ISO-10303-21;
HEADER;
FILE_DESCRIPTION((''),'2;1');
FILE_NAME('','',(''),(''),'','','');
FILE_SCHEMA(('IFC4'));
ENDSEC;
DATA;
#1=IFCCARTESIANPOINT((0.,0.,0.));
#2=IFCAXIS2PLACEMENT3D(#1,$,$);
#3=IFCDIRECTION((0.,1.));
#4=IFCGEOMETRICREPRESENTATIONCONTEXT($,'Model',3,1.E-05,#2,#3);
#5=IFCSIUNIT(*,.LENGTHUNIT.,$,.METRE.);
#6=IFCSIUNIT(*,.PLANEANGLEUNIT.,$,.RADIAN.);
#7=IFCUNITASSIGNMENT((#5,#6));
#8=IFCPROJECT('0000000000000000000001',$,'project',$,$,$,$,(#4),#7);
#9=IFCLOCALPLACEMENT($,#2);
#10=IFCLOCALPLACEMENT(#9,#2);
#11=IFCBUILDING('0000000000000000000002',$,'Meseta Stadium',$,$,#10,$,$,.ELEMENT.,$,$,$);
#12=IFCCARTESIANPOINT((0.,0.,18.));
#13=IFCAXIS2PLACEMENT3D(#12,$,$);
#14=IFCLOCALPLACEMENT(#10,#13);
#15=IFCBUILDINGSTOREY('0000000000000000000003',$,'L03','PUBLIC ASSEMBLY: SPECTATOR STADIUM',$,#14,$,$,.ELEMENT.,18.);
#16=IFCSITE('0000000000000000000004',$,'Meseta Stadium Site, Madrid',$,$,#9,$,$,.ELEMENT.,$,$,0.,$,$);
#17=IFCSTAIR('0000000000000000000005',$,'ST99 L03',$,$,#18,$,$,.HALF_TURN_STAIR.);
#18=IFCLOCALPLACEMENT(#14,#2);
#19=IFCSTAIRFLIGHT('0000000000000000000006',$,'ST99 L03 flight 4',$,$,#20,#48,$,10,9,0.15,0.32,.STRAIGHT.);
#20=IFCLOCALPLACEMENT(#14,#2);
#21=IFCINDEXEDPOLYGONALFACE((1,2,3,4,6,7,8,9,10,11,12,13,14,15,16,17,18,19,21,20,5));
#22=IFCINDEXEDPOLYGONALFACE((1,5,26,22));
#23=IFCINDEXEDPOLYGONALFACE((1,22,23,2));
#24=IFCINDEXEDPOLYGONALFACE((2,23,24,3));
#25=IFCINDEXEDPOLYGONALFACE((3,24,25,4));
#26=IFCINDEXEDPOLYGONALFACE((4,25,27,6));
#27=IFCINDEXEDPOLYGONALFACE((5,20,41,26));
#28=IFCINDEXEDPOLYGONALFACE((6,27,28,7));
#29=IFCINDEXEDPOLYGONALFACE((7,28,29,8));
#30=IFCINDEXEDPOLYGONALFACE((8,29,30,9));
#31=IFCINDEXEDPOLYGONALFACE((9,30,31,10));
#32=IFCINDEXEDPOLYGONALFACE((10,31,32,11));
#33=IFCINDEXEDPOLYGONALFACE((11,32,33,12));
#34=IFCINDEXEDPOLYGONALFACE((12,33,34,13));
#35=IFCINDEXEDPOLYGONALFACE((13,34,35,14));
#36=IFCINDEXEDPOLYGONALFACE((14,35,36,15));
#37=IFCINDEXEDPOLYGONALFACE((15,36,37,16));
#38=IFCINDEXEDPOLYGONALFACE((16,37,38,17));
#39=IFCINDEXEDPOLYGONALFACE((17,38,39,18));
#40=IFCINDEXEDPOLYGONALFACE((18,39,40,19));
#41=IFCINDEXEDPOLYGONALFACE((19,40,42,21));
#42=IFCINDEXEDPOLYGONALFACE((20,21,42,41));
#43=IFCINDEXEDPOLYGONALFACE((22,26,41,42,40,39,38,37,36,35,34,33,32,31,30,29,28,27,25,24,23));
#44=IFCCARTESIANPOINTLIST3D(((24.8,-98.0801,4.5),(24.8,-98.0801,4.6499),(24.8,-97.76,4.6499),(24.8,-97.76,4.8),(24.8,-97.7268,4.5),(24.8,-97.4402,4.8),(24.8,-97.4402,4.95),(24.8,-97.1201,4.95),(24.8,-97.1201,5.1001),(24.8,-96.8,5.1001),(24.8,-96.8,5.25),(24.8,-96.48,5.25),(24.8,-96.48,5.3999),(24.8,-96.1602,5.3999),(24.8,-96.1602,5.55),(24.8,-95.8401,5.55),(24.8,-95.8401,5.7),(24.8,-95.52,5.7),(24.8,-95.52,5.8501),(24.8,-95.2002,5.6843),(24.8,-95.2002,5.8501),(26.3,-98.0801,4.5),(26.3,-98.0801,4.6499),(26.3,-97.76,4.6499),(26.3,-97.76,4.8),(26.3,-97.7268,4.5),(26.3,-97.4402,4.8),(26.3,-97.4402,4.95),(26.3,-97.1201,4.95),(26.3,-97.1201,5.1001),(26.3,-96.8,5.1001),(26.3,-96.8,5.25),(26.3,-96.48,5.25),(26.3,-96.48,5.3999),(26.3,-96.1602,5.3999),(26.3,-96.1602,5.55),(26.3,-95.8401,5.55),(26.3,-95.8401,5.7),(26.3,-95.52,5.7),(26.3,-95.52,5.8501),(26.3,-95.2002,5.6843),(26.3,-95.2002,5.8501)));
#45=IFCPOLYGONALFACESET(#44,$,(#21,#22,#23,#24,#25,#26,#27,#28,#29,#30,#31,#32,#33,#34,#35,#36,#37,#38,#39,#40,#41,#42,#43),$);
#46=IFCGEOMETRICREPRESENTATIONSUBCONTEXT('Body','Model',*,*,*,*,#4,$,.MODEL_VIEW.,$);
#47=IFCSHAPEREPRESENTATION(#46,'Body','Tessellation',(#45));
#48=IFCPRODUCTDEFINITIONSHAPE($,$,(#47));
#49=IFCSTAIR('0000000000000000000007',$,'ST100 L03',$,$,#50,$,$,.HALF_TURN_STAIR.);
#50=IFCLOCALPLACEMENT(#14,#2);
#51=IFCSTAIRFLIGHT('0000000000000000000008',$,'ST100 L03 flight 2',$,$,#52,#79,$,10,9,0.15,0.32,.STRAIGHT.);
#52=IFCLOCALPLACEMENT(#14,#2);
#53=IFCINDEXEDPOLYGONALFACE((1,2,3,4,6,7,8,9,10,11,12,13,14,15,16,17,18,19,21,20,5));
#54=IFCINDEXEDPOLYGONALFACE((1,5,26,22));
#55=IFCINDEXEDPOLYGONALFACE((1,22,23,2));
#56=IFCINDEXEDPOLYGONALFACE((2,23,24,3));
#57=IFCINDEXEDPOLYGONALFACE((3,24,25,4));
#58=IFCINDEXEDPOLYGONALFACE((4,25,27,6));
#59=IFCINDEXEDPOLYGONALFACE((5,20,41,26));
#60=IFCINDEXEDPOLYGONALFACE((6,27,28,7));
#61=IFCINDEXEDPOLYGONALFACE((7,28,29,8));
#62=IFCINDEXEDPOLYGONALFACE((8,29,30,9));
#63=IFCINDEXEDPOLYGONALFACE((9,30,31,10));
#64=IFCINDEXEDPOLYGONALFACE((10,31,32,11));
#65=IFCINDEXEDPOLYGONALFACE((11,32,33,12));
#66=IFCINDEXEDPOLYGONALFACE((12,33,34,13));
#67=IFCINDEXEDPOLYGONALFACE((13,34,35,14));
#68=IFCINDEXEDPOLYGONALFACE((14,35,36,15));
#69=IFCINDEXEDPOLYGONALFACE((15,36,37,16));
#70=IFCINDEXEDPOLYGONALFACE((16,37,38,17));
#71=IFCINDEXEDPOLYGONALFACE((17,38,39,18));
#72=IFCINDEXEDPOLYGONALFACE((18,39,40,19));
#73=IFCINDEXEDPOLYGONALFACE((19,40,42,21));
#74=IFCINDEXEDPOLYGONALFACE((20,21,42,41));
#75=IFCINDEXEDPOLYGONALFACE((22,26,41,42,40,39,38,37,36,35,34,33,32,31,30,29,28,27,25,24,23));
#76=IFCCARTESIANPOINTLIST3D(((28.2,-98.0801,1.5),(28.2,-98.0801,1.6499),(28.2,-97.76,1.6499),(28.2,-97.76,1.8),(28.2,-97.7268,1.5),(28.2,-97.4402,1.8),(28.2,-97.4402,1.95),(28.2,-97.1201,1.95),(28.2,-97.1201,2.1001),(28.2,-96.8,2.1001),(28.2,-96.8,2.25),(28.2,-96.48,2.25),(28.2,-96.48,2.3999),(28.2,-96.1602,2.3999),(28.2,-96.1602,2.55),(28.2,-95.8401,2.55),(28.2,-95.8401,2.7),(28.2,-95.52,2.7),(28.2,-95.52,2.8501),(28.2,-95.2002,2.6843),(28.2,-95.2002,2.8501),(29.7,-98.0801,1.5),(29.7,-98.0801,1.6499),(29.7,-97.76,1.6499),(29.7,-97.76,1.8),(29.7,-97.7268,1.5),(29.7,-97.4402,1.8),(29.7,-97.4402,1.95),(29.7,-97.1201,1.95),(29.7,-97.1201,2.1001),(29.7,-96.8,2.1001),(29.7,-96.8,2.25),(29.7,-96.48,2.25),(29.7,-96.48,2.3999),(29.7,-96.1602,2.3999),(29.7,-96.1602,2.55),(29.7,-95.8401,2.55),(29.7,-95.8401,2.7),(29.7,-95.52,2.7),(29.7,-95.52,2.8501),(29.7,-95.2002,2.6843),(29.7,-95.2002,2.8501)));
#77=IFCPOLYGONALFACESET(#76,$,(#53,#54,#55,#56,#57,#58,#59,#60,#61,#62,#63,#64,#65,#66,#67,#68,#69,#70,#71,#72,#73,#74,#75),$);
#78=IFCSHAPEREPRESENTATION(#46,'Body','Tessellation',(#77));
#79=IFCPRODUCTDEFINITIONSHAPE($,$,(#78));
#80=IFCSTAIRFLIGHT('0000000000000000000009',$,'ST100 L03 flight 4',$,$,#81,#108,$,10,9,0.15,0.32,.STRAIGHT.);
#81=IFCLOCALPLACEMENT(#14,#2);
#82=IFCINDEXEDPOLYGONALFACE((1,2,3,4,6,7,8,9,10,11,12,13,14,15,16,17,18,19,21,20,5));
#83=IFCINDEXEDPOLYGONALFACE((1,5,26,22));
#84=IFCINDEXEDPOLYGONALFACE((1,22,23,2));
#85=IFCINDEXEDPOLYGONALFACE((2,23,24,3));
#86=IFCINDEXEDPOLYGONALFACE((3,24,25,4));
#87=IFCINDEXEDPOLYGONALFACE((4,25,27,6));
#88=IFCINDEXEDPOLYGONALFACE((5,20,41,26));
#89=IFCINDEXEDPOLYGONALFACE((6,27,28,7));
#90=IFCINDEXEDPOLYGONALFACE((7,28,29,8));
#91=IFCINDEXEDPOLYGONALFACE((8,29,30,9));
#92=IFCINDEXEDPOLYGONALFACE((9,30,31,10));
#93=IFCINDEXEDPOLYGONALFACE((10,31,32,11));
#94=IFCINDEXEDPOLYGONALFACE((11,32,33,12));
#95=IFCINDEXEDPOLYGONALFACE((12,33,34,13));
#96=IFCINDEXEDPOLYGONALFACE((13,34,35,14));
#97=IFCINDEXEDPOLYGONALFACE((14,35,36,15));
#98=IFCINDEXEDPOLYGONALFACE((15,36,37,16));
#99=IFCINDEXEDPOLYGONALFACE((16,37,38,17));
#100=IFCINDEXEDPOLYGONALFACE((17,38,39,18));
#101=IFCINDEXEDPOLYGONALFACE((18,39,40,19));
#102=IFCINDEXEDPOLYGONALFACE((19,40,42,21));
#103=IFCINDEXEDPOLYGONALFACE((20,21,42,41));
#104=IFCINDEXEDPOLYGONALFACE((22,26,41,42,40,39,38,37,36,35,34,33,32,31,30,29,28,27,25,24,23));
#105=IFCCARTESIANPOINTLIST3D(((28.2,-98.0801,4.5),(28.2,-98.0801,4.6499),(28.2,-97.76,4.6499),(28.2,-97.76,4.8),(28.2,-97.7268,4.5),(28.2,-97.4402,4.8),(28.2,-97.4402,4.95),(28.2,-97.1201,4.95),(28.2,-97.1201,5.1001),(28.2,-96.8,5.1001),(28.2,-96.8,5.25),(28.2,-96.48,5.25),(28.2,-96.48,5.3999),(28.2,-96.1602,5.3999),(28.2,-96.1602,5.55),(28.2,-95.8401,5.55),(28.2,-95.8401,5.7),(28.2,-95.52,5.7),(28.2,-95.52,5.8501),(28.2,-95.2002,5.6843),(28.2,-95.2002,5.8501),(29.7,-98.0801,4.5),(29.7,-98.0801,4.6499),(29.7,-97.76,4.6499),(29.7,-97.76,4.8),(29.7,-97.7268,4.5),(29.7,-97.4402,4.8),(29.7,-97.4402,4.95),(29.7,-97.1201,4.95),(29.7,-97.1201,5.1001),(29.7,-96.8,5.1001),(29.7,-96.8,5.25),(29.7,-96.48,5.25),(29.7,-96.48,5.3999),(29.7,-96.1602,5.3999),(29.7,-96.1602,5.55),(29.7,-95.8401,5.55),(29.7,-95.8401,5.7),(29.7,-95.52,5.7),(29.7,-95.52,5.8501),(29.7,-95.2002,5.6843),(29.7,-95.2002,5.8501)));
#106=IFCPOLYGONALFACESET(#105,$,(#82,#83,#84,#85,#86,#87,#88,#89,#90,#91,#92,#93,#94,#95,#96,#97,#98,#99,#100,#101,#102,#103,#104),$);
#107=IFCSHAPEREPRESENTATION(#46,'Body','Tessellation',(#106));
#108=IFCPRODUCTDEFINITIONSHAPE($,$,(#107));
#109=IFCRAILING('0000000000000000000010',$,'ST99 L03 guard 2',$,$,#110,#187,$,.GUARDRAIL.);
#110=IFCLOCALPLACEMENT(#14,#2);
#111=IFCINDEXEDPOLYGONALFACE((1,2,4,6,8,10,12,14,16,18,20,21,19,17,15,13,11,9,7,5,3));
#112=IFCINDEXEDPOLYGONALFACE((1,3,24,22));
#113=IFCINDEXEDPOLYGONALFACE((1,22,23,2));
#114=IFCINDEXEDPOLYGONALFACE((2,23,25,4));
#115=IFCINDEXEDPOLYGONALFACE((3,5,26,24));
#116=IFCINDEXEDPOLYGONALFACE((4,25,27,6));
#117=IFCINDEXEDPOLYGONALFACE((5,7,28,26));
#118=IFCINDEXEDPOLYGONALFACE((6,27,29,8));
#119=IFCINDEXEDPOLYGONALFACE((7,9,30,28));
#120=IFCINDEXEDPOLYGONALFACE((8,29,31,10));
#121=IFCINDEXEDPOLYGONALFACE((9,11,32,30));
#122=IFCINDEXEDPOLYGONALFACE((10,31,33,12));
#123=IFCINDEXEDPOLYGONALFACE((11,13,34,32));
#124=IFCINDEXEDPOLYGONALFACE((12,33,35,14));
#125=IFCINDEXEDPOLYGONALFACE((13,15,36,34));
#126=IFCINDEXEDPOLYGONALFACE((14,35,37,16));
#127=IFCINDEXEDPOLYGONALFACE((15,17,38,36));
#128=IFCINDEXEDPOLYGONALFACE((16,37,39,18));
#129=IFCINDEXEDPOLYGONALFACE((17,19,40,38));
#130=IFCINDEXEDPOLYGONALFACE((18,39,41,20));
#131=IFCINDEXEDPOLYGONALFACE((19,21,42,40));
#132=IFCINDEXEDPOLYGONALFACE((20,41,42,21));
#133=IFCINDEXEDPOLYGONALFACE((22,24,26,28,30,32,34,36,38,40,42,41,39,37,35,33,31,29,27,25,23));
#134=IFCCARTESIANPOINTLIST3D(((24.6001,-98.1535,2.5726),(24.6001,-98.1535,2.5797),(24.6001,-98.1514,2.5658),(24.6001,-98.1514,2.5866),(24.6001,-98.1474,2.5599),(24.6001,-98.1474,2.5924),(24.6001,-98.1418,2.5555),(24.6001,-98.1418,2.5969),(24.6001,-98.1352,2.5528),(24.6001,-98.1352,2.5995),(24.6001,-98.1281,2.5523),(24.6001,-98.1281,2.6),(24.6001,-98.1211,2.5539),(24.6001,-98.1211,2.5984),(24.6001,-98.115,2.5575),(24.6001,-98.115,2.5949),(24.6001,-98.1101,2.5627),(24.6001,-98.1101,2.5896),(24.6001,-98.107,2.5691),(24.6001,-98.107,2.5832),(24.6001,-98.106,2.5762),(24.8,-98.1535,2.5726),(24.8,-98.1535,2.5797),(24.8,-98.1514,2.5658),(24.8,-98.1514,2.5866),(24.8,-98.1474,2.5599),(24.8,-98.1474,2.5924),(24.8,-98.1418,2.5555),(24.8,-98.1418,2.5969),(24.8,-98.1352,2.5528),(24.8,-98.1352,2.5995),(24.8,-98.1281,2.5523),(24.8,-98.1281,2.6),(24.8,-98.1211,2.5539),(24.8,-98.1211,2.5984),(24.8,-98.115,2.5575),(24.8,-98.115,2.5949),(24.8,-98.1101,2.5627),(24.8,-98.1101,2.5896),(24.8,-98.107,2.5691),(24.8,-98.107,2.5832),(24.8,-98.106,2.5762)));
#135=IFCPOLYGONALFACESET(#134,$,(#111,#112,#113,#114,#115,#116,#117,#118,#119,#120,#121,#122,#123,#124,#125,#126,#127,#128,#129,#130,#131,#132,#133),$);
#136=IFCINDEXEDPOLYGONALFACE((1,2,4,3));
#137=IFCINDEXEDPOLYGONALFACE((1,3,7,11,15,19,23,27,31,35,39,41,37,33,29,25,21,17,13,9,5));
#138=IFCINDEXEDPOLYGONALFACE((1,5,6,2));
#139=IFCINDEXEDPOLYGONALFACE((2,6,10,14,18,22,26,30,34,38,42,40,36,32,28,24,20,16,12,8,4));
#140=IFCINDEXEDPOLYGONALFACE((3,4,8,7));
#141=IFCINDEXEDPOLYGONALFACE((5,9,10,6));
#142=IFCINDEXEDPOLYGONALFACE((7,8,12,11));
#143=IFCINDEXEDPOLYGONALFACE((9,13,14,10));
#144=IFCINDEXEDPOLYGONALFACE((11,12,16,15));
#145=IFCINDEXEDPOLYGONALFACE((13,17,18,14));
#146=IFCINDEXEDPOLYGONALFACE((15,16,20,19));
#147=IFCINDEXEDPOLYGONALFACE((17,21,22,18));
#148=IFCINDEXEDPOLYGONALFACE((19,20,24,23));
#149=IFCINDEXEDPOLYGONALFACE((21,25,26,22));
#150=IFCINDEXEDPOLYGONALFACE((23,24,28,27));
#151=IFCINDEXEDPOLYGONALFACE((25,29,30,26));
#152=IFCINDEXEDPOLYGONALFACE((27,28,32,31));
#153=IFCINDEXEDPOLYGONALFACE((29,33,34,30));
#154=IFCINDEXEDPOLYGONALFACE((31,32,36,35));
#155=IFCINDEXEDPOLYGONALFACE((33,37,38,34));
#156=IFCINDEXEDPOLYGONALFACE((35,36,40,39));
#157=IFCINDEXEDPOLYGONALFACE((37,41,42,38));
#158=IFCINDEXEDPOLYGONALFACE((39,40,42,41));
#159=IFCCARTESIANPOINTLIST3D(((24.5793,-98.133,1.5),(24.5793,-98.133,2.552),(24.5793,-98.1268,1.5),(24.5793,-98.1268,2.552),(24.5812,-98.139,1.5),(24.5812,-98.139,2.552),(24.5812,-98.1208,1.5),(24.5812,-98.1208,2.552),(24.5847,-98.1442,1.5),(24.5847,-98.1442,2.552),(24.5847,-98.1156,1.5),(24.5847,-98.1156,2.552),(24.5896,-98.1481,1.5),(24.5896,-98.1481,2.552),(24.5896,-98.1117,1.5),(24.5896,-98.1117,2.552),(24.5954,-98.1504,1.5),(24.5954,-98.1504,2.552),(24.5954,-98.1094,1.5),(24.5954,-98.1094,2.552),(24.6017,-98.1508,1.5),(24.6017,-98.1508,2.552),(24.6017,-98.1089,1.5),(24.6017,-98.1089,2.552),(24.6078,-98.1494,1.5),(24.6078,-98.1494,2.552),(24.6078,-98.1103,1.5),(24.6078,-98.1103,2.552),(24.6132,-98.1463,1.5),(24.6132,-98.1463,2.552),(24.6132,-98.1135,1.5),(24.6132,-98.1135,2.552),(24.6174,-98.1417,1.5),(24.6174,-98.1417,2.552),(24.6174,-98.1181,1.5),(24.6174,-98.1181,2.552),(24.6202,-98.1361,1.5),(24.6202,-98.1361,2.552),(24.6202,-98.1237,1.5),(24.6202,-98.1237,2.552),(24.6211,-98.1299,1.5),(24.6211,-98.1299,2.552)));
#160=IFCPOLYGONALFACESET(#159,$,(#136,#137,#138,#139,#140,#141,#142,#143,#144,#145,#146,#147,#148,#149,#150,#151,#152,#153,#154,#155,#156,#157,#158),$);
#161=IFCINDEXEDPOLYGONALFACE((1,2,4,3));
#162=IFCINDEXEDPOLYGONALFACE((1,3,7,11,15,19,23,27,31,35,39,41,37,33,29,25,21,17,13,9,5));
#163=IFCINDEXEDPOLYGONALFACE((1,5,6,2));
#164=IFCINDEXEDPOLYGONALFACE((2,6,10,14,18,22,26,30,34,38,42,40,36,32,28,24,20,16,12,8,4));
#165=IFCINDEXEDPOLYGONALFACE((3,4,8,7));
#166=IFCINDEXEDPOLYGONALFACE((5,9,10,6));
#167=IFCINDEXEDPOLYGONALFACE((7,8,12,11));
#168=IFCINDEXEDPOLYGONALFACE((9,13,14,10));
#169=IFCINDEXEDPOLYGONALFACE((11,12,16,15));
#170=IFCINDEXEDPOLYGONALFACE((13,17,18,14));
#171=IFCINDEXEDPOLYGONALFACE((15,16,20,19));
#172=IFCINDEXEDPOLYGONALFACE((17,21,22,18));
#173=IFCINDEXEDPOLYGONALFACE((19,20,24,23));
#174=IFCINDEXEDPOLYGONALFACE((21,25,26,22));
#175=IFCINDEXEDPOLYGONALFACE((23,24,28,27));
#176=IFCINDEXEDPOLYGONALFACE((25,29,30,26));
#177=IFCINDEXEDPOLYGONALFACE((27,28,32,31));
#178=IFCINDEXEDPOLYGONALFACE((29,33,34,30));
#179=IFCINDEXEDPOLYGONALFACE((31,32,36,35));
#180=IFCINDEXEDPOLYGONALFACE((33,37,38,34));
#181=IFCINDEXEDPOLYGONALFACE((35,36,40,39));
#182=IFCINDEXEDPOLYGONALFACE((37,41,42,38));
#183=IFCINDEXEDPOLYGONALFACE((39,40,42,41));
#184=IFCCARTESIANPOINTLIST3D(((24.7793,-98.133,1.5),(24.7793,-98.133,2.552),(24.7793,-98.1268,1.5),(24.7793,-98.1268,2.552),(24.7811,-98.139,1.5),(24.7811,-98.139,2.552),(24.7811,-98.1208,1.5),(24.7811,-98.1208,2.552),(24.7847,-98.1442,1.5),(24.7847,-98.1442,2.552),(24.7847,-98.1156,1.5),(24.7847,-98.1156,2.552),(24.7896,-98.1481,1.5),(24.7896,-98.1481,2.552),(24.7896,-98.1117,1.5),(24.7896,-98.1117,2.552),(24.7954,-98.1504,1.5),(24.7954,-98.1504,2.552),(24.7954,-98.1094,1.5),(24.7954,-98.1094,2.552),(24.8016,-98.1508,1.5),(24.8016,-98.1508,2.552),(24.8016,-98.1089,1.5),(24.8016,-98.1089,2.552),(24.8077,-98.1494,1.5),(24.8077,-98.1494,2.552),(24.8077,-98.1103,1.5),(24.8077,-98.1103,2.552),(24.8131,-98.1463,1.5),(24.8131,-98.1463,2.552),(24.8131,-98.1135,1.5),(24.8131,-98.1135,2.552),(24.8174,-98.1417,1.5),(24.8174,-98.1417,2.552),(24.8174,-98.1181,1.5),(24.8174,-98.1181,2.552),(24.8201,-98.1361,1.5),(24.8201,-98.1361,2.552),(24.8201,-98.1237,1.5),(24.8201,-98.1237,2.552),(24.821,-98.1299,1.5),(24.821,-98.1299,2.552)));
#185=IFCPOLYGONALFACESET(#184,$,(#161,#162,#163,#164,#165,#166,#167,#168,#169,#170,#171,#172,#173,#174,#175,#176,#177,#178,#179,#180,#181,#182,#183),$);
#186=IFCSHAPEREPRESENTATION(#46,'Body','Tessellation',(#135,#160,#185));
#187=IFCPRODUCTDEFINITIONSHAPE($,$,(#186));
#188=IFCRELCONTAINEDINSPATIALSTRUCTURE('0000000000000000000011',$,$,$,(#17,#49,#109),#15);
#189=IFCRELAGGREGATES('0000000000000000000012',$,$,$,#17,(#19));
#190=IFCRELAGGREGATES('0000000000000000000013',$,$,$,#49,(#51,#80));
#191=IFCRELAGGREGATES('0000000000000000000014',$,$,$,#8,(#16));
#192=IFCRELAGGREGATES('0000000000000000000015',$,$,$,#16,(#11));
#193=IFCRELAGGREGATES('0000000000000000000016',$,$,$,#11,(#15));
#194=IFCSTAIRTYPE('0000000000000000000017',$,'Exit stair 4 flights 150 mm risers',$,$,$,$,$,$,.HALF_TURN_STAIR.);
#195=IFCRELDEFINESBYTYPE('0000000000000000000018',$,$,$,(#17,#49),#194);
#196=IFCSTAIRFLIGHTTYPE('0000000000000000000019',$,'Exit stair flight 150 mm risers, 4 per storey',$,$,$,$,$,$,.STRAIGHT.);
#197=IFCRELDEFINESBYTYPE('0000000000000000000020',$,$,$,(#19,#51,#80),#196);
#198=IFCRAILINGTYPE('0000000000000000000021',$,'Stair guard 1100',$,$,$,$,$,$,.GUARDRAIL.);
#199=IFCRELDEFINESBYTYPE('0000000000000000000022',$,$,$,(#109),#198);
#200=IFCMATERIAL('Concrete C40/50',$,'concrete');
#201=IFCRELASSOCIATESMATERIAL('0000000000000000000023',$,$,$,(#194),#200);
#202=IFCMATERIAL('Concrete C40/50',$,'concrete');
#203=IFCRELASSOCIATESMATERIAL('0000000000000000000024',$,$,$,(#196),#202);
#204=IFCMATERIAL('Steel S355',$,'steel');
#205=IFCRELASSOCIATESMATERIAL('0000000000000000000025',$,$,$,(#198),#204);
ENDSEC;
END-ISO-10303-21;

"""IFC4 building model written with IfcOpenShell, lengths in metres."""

from ifc_helpers import new_model, si_unit, direction, frame, origin, origin_2d, place, context, subcontext, project, spatial, polyline, circle, outline, extrude, material, type_object, element, aggregate, save


model = new_model("IFC4")

# Units and contexts
model_context = context("Model", 3, precision=1e-05, world=origin(), true_north=direction((0.0, 1.0)))
body_context = subcontext(model_context, "Body", "Model", "MODEL_VIEW")
ifc_project = project(units=[si_unit("LENGTHUNIT", "METRE"), si_unit("PLANEANGLEUNIT", "RADIAN")], contexts=[model_context])

# Site, building, storey
site_placement = place(None, origin())
site = spatial("IfcSite", under=ifc_project, at=site_placement, Name="Meseta Stadium Site, Madrid", CompositionType="ELEMENT", RefElevation=0.0)
building_placement = place(site_placement, origin())
building = spatial("IfcBuilding", under=site, at=building_placement, Name="Meseta Stadium", CompositionType="ELEMENT")
storey_placement = place(building_placement, frame((0.0, 0.0, 18.0)))
storey = spatial("IfcBuildingStorey", under=building, at=storey_placement, Name="L03", Description="PUBLIC ASSEMBLY: SPECTATOR STADIUM", CompositionType="ELEMENT", Elevation=18.0)

# Stairs, stair flights
ifc_material_1 = material(Name="Concrete C40/50", Category="concrete")
stair_type = type_object("IfcStairType", Name="Exit stair 4 flights 150 mm risers", PredefinedType="HALF_TURN_STAIR", material=ifc_material_1)
ifc_material_2 = material(Name="Concrete C40/50", Category="concrete")
stair_flight_type = type_object("IfcStairFlightType", Name="Exit stair flight 150 mm risers, 4 per storey", PredefinedType="STRAIGHT", material=ifc_material_2)
stair_1_placement = place(storey_placement, origin())
stair_1 = element("IfcStair", 1, at=stair_1_placement, inside=storey, type_object=stair_type, Name="ST99 L03", PredefinedType="HALF_TURN_STAIR")
stair_flight_1_placement = place(storey_placement, frame((25.55, -98.0801, 4.5), z_axis=(0.0, 0.0, 1.0), x_axis=(0.0, 1.0, 0.0)))
stair_flight_1 = element("IfcStairFlight", 2, at=stair_flight_1_placement, type_object=stair_flight_type, Name="ST99 L03 flight 4", NumberOfRisers=10, NumberOfTreads=9, PredefinedType="STRAIGHT", RiserHeight=0.15, TreadLength=0.32, context=body_context, shape_type="SweptSolid", body=[
    extrude(outline(polyline([(0.0, 0.0), (0.0, 0.1499), (0.3201, 0.1499), (0.3201, 0.3), (0.6399, 0.3), (0.6399, 0.45), (0.96, 0.45), (0.96, 0.6001), (1.28, 0.6001), (1.28, 0.75), (1.6001, 0.75), (1.6001, 0.8999), (1.9199, 0.8999), (1.9199, 1.05), (2.24, 1.05), (2.24, 1.2), (2.5601, 1.2), (2.5601, 1.3501), (2.8799, 1.3501), (2.8799, 1.1843), (0.3533, 0.0), (0.0, 0.0)])), frame((0.0, 0.75, 0.0), z_axis=(0.0, -1.0, 0.0), x_axis=(1.0, 0.0, 0.0)), (0.0, 0.0, 1.0), 1.5),
])
aggregate(stair_1, [stair_flight_1])
stair_2_placement = place(storey_placement, origin())
stair_2 = element("IfcStair", 3, at=stair_2_placement, inside=storey, type_object=stair_type, Name="ST100 L03", PredefinedType="HALF_TURN_STAIR")
stair_flight_2_placement = place(storey_placement, frame((28.95, -98.0801, 1.5), z_axis=(0.0, 0.0, 1.0), x_axis=(0.0, 1.0, 0.0)))
stair_flight_2 = element("IfcStairFlight", 4, at=stair_flight_2_placement, type_object=stair_flight_type, Name="ST100 L03 flight 2", NumberOfRisers=10, NumberOfTreads=9, PredefinedType="STRAIGHT", RiserHeight=0.15, TreadLength=0.32, context=body_context, shape_type="SweptSolid", body=[
    extrude(outline(polyline([(0.0, 0.0), (0.0, 0.1499), (0.3201, 0.1499), (0.3201, 0.3), (0.6399, 0.3), (0.6399, 0.45), (0.96, 0.45), (0.96, 0.6001), (1.28, 0.6001), (1.28, 0.75), (1.6001, 0.75), (1.6001, 0.8999), (1.9199, 0.8999), (1.9199, 1.05), (2.24, 1.05), (2.24, 1.2), (2.5601, 1.2), (2.5601, 1.3501), (2.8799, 1.3501), (2.8799, 1.1843), (0.3533, 0.0), (0.0, 0.0)])), frame((0.0, 0.75, 0.0), z_axis=(0.0, -1.0, 0.0), x_axis=(1.0, 0.0, 0.0)), (0.0, 0.0, 1.0), 1.5),
])
stair_flight_3_placement = place(storey_placement, frame((28.95, -98.0801, 4.5), z_axis=(0.0, 0.0, 1.0), x_axis=(0.0, 1.0, 0.0)))
stair_flight_3 = element("IfcStairFlight", 5, at=stair_flight_3_placement, type_object=stair_flight_type, Name="ST100 L03 flight 4", NumberOfRisers=10, NumberOfTreads=9, PredefinedType="STRAIGHT", RiserHeight=0.15, TreadLength=0.32, context=body_context, shape_type="SweptSolid", body=[
    extrude(outline(polyline([(0.0, 0.0), (0.0, 0.1499), (0.3201, 0.1499), (0.3201, 0.3), (0.6399, 0.3), (0.6399, 0.45), (0.96, 0.45), (0.96, 0.6001), (1.28, 0.6001), (1.28, 0.75), (1.6001, 0.75), (1.6001, 0.8999), (1.9199, 0.8999), (1.9199, 1.05), (2.24, 1.05), (2.24, 1.2), (2.5601, 1.2), (2.5601, 1.3501), (2.8799, 1.3501), (2.8799, 1.1843), (0.3533, 0.0), (0.0, 0.0)])), frame((0.0, 0.75, 0.0), z_axis=(0.0, -1.0, 0.0), x_axis=(1.0, 0.0, 0.0)), (0.0, 0.0, 1.0), 1.5),
])
aggregate(stair_2, [stair_flight_2, stair_flight_3])

# Railing
ifc_material_3 = material(Name="Steel S355", Category="steel")
railing_type_1 = type_object("IfcRailingType", Name="Stair guard 1100", PredefinedType="GUARDRAIL", material=ifc_material_3)
railing_1_placement = place(storey_placement, frame((24.6001, -98.1299, 1.5)))
element("IfcRailing", 6, at=railing_1_placement, inside=storey, type_object=railing_type_1, Name="ST99 L03 guard 2", PredefinedType="GUARDRAIL", context=body_context, shape_type="SweptSolid", body=[
    extrude(circle(Radius=0.0239, at=origin_2d()), frame((0.0, 0.0, 1.0762), z_axis=(1.0, 0.0, 0.0), x_axis=(0.0, 1.0, 0.0)), (0.0, 0.0, 1.0), 0.2),
    extrude(circle(Radius=0.021, at=origin_2d()), origin(), (0.0, 0.0, 1.0), 1.052),
    extrude(circle(Radius=0.021, at=origin_2d()), frame((0.2, 0.0, 0.0)), (0.0, 0.0, 1.0), 1.052),
])

save(model, "model.ifc")
